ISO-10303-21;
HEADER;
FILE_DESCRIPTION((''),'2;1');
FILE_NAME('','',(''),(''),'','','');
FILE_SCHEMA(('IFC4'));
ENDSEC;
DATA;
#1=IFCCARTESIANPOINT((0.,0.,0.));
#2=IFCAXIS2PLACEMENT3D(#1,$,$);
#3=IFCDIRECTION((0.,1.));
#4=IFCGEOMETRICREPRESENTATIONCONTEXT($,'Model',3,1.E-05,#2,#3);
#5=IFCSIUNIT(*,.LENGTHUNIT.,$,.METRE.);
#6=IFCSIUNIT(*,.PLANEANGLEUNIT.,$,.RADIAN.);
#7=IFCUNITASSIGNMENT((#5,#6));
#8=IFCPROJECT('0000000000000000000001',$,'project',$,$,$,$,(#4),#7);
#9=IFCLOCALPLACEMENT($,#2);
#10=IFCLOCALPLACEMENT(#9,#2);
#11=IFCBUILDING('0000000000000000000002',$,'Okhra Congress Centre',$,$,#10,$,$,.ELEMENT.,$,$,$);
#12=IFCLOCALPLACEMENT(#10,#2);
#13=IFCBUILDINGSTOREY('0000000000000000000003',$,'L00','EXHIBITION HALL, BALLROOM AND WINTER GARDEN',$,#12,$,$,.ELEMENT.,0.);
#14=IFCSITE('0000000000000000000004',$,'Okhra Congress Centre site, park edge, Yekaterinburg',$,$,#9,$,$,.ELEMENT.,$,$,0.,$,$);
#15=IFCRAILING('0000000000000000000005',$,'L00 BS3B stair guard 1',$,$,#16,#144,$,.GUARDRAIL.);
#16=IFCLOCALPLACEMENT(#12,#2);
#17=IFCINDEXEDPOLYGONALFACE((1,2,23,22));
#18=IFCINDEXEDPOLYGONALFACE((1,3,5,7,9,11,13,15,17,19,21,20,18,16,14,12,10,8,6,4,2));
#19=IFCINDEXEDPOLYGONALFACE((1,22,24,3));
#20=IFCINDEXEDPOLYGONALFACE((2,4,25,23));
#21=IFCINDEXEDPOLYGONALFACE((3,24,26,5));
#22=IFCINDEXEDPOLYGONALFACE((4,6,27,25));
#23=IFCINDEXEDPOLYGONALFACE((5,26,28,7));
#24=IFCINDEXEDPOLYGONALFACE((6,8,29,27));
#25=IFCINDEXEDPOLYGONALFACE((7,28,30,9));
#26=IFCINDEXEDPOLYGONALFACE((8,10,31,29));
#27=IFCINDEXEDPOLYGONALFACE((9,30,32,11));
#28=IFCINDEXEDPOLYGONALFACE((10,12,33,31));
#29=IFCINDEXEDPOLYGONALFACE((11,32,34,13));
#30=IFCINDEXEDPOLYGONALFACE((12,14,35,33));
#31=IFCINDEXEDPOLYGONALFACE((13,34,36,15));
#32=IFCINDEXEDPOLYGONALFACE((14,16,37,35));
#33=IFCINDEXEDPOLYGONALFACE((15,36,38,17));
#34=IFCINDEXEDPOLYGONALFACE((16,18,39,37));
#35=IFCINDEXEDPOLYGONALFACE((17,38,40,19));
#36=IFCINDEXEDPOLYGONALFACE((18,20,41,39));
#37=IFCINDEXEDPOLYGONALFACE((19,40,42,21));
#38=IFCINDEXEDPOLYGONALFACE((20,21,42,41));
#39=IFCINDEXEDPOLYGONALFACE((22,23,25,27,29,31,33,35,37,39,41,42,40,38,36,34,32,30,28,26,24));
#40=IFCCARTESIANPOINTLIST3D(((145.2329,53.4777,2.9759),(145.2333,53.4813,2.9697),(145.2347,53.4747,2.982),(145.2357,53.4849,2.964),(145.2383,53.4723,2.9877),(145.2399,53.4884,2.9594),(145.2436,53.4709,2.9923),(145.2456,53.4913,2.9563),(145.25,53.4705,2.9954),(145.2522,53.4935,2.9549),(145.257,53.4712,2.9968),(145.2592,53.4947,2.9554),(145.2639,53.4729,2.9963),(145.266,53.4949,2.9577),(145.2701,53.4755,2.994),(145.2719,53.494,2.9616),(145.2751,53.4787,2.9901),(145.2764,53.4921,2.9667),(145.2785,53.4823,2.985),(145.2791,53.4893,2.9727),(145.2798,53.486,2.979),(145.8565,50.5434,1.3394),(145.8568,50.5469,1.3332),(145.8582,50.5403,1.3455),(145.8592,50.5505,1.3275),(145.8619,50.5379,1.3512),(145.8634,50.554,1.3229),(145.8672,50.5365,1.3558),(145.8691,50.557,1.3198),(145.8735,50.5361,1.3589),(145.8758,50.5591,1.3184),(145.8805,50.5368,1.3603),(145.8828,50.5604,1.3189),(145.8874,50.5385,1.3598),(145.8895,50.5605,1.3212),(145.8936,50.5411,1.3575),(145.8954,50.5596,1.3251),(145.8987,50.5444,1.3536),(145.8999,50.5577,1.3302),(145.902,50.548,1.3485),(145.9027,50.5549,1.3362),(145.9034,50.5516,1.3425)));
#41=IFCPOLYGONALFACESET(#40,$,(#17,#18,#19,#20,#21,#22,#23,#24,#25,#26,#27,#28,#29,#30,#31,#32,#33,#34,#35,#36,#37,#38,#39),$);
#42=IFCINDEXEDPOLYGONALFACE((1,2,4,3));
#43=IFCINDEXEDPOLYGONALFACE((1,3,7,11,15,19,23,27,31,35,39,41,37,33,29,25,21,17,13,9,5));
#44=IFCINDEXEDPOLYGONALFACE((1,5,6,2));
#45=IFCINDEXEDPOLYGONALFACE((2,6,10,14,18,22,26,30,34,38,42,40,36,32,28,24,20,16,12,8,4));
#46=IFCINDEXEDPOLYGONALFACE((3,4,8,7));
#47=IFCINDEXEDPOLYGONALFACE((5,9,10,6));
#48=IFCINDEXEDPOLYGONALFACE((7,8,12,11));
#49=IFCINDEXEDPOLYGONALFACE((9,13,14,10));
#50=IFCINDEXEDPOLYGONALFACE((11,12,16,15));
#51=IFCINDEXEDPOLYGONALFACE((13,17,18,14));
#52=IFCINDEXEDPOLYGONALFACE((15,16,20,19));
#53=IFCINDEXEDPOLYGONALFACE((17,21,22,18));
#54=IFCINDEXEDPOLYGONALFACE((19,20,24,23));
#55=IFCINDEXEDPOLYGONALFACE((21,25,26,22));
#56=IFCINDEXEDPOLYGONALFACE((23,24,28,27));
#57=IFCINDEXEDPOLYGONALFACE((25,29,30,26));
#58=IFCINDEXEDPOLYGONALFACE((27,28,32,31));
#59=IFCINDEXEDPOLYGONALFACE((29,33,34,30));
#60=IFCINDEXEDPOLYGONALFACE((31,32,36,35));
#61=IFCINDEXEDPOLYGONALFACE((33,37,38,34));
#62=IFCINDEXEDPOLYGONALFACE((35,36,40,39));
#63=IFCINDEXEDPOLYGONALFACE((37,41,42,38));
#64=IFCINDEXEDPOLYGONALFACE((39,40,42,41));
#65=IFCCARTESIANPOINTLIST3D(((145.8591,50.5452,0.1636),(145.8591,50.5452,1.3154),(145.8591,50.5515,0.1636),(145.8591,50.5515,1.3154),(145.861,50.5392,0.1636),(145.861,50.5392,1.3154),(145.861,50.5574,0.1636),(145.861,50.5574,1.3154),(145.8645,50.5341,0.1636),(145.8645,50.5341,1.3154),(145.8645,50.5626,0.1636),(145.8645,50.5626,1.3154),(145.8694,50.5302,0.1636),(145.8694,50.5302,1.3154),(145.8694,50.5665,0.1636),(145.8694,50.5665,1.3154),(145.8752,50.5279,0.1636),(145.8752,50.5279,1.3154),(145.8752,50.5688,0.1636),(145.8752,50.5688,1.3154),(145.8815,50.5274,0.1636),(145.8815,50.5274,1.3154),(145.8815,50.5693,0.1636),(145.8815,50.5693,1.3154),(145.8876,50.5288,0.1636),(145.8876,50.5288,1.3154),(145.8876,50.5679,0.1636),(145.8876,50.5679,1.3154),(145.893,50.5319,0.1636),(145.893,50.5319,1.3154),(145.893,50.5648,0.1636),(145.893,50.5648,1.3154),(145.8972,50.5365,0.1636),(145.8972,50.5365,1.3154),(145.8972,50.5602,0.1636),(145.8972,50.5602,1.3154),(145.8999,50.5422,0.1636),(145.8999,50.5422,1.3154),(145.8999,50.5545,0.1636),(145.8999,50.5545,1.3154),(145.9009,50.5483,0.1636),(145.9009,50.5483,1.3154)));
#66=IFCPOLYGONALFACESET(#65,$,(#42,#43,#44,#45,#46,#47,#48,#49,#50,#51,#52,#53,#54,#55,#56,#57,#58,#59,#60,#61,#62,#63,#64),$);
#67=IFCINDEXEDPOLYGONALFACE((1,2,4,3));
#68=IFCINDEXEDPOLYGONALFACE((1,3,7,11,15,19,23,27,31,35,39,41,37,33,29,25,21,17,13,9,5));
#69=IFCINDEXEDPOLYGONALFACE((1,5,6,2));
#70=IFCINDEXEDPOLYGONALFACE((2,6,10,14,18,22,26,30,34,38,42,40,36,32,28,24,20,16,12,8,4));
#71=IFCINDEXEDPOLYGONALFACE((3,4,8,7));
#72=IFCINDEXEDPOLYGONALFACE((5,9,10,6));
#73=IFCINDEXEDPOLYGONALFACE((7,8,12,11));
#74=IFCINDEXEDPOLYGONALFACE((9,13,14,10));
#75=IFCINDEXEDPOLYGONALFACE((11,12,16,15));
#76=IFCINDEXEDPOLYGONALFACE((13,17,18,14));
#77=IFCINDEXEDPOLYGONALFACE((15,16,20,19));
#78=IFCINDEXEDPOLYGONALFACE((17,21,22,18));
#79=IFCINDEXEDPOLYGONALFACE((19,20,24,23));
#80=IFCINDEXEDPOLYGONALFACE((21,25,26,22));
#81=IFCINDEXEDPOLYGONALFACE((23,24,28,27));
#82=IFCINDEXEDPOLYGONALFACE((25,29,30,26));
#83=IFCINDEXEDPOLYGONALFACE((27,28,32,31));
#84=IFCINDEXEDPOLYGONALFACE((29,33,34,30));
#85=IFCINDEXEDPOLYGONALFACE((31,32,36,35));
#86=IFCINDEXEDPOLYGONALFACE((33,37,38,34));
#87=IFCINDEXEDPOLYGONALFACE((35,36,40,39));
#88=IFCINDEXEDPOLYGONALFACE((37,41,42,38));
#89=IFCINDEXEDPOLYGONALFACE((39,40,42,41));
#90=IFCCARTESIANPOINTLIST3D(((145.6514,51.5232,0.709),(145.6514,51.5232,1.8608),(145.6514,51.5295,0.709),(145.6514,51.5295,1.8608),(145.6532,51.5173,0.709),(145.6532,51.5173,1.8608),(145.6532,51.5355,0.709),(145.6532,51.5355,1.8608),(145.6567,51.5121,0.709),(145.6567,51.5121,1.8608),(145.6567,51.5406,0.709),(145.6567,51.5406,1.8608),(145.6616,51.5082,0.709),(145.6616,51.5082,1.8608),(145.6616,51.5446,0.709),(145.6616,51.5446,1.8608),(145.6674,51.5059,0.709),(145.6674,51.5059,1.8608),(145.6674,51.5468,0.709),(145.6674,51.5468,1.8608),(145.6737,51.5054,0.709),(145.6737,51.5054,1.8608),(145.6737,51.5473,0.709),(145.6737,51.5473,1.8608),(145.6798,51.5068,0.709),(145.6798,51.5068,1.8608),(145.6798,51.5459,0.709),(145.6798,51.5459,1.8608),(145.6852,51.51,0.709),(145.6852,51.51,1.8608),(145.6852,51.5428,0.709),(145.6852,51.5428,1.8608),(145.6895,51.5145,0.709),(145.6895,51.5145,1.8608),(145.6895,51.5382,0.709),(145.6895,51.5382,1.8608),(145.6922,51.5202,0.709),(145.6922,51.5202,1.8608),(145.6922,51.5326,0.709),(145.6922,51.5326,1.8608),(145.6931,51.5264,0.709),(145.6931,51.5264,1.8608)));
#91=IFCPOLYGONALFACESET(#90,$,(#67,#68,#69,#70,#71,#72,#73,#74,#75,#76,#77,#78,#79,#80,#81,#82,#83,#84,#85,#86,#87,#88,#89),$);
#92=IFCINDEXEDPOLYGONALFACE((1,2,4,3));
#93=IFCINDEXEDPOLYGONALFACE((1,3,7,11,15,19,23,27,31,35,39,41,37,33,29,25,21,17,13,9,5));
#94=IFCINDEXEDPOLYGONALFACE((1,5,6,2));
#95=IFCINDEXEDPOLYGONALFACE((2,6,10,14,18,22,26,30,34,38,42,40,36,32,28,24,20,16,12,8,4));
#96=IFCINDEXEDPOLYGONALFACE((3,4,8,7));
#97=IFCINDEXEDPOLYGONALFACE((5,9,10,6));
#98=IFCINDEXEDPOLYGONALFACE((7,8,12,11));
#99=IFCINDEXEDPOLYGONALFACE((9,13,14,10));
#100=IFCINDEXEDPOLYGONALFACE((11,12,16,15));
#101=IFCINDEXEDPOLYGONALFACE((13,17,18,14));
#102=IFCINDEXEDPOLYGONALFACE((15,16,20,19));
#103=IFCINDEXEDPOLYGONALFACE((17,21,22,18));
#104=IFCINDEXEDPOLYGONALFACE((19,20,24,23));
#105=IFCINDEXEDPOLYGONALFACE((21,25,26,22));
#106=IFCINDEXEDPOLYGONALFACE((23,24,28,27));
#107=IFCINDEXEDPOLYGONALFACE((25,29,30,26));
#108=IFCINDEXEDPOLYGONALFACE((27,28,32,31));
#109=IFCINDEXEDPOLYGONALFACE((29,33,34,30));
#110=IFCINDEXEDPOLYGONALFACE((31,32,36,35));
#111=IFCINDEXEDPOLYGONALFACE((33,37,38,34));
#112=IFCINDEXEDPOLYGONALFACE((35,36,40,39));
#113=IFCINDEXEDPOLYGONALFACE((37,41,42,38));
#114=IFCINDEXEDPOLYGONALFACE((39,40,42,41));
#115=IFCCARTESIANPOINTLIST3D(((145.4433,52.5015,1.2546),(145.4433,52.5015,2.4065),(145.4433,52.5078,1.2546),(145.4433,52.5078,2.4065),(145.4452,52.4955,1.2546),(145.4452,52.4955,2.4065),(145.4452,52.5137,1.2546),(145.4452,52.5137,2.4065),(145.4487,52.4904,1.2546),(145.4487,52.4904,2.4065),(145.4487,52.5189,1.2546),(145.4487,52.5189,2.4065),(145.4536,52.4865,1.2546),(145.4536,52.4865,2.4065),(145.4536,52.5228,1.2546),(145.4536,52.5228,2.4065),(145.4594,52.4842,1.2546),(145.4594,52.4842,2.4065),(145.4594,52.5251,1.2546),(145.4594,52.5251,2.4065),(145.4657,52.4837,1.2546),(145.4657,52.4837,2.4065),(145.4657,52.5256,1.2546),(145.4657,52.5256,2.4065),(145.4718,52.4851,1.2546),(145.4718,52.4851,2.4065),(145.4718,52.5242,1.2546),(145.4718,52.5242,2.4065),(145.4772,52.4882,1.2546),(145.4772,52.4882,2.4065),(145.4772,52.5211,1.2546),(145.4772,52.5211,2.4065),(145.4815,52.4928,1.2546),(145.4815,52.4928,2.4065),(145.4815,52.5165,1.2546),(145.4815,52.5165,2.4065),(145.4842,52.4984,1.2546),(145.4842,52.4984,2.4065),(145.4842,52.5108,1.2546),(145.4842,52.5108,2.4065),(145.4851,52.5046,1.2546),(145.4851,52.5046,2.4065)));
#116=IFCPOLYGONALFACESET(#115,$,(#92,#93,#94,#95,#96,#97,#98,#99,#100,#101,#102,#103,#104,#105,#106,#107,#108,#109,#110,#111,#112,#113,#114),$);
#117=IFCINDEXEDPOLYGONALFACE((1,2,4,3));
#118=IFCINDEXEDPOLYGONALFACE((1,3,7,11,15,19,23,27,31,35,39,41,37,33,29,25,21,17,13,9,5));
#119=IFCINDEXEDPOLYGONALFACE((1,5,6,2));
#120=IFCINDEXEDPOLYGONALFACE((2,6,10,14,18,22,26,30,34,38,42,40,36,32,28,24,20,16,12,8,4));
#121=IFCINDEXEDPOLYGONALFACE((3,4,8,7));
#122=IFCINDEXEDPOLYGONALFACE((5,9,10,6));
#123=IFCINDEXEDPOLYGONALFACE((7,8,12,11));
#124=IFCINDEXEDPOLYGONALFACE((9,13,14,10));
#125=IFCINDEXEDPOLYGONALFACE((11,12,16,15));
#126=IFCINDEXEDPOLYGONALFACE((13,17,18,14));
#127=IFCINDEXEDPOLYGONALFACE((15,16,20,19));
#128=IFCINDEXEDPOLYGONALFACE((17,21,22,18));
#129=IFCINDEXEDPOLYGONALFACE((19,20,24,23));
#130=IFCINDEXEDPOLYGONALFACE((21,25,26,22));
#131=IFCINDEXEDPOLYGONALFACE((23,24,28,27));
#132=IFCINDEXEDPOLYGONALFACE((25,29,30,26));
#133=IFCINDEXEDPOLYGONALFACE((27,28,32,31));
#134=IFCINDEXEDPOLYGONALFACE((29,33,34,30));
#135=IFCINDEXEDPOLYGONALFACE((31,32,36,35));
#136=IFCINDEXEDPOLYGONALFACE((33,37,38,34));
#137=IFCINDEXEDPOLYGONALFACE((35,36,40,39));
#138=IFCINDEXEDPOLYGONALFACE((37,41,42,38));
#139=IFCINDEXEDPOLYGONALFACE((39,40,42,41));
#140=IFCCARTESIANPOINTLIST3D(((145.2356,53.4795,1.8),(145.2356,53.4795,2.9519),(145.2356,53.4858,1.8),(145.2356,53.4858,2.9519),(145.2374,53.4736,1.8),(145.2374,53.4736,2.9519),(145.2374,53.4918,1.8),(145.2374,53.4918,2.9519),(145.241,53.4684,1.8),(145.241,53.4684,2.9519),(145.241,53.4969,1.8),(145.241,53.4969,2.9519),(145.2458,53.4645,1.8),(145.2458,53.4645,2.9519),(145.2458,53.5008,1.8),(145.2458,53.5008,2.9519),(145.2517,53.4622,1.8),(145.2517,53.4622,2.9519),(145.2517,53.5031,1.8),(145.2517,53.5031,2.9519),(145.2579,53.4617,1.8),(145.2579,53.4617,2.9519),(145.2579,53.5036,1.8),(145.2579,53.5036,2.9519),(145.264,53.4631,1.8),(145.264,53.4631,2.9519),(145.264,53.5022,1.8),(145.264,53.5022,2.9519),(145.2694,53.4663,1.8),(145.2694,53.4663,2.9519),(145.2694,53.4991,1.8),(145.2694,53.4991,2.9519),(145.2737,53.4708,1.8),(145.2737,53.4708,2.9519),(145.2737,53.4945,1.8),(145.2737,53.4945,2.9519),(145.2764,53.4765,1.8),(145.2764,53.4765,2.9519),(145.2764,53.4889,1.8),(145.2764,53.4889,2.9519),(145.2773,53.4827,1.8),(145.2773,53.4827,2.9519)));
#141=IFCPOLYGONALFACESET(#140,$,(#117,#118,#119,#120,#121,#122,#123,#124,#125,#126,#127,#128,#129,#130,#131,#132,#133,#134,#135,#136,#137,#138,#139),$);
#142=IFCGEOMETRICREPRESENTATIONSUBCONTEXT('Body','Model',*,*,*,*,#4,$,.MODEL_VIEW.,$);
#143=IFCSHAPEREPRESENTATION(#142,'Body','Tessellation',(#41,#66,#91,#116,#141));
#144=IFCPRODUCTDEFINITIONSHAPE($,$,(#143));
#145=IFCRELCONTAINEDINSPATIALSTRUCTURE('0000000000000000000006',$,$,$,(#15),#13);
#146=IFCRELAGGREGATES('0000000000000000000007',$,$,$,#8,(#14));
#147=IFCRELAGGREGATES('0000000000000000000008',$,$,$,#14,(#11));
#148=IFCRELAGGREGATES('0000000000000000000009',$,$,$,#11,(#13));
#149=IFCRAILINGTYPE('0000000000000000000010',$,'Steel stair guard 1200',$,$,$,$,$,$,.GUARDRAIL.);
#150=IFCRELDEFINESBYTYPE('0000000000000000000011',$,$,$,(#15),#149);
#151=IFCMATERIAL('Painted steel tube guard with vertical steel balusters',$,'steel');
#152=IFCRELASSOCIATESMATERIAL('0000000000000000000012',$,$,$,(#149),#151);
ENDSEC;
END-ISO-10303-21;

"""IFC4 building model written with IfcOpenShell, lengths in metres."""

from ifc_helpers import new_model, si_unit, direction, frame, origin, origin_2d, place, context, subcontext, project, spatial, circle, extrude, material, type_object, element, save


model = new_model("IFC4")

# Units and contexts
model_context = context("Model", 3, precision=1e-05, world=origin(), true_north=direction((0.0, 1.0)))
body_context = subcontext(model_context, "Body", "Model", "MODEL_VIEW")
ifc_project = project(units=[si_unit("LENGTHUNIT", "METRE"), si_unit("PLANEANGLEUNIT", "RADIAN")], contexts=[model_context])

# Site, building, storey
site_placement = place(None, origin())
site = spatial("IfcSite", under=ifc_project, at=site_placement, Name="Okhra Congress Centre site, park edge, Yekaterinburg", CompositionType="ELEMENT", RefElevation=0.0)
building_placement = place(site_placement, origin())
building = spatial("IfcBuilding", under=site, at=building_placement, Name="Okhra Congress Centre", CompositionType="ELEMENT")
storey_placement = place(building_placement, origin())
storey = spatial("IfcBuildingStorey", under=building, at=storey_placement, Name="L00", Description="EXHIBITION HALL, BALLROOM AND WINTER GARDEN", CompositionType="ELEMENT", Elevation=0.0)

# Railing
ifc_material_1 = material(Name="Painted steel tube guard with vertical steel balusters", Category="steel")
railing_type_1 = type_object("IfcRailingType", Name="Steel stair guard 1200", PredefinedType="GUARDRAIL", material=ifc_material_1)
railing_1_placement = place(storey_placement, frame((145.8799, 50.5483, 0.1636)))
element("IfcRailing", 1, at=railing_1_placement, inside=storey, type_object=railing_type_1, Name="L00 BS3B stair guard 1", PredefinedType="GUARDRAIL", context=body_context, shape_type="SweptSolid", body=[
    extrude(circle(Radius=0.0239, at=origin_2d()), frame((0.0, 0.0, 1.1758), z_axis=(-0.182471, 0.858698, 0.478896), x_axis=(-0.978159, -0.207856, 0.0)), (0.0, 0.0, 1.0), 3.4172),
    extrude(circle(Radius=0.021, at=origin_2d()), origin(), (0.0, 0.0, 1.0), 1.1519),
    extrude(circle(Radius=0.021, at=origin_2d()), frame((-0.2078, 0.978, 0.5454)), (0.0, 0.0, 1.0), 1.1519),
    extrude(circle(Radius=0.021, at=origin_2d()), frame((-0.4158, 1.9563, 1.0911)), (0.0, 0.0, 1.0), 1.1519),
    extrude(circle(Radius=0.021, at=origin_2d()), frame((-0.6235, 2.9343, 1.6365)), (0.0, 0.0, 1.0), 1.1519),
])

save(model, "model.ifc")
